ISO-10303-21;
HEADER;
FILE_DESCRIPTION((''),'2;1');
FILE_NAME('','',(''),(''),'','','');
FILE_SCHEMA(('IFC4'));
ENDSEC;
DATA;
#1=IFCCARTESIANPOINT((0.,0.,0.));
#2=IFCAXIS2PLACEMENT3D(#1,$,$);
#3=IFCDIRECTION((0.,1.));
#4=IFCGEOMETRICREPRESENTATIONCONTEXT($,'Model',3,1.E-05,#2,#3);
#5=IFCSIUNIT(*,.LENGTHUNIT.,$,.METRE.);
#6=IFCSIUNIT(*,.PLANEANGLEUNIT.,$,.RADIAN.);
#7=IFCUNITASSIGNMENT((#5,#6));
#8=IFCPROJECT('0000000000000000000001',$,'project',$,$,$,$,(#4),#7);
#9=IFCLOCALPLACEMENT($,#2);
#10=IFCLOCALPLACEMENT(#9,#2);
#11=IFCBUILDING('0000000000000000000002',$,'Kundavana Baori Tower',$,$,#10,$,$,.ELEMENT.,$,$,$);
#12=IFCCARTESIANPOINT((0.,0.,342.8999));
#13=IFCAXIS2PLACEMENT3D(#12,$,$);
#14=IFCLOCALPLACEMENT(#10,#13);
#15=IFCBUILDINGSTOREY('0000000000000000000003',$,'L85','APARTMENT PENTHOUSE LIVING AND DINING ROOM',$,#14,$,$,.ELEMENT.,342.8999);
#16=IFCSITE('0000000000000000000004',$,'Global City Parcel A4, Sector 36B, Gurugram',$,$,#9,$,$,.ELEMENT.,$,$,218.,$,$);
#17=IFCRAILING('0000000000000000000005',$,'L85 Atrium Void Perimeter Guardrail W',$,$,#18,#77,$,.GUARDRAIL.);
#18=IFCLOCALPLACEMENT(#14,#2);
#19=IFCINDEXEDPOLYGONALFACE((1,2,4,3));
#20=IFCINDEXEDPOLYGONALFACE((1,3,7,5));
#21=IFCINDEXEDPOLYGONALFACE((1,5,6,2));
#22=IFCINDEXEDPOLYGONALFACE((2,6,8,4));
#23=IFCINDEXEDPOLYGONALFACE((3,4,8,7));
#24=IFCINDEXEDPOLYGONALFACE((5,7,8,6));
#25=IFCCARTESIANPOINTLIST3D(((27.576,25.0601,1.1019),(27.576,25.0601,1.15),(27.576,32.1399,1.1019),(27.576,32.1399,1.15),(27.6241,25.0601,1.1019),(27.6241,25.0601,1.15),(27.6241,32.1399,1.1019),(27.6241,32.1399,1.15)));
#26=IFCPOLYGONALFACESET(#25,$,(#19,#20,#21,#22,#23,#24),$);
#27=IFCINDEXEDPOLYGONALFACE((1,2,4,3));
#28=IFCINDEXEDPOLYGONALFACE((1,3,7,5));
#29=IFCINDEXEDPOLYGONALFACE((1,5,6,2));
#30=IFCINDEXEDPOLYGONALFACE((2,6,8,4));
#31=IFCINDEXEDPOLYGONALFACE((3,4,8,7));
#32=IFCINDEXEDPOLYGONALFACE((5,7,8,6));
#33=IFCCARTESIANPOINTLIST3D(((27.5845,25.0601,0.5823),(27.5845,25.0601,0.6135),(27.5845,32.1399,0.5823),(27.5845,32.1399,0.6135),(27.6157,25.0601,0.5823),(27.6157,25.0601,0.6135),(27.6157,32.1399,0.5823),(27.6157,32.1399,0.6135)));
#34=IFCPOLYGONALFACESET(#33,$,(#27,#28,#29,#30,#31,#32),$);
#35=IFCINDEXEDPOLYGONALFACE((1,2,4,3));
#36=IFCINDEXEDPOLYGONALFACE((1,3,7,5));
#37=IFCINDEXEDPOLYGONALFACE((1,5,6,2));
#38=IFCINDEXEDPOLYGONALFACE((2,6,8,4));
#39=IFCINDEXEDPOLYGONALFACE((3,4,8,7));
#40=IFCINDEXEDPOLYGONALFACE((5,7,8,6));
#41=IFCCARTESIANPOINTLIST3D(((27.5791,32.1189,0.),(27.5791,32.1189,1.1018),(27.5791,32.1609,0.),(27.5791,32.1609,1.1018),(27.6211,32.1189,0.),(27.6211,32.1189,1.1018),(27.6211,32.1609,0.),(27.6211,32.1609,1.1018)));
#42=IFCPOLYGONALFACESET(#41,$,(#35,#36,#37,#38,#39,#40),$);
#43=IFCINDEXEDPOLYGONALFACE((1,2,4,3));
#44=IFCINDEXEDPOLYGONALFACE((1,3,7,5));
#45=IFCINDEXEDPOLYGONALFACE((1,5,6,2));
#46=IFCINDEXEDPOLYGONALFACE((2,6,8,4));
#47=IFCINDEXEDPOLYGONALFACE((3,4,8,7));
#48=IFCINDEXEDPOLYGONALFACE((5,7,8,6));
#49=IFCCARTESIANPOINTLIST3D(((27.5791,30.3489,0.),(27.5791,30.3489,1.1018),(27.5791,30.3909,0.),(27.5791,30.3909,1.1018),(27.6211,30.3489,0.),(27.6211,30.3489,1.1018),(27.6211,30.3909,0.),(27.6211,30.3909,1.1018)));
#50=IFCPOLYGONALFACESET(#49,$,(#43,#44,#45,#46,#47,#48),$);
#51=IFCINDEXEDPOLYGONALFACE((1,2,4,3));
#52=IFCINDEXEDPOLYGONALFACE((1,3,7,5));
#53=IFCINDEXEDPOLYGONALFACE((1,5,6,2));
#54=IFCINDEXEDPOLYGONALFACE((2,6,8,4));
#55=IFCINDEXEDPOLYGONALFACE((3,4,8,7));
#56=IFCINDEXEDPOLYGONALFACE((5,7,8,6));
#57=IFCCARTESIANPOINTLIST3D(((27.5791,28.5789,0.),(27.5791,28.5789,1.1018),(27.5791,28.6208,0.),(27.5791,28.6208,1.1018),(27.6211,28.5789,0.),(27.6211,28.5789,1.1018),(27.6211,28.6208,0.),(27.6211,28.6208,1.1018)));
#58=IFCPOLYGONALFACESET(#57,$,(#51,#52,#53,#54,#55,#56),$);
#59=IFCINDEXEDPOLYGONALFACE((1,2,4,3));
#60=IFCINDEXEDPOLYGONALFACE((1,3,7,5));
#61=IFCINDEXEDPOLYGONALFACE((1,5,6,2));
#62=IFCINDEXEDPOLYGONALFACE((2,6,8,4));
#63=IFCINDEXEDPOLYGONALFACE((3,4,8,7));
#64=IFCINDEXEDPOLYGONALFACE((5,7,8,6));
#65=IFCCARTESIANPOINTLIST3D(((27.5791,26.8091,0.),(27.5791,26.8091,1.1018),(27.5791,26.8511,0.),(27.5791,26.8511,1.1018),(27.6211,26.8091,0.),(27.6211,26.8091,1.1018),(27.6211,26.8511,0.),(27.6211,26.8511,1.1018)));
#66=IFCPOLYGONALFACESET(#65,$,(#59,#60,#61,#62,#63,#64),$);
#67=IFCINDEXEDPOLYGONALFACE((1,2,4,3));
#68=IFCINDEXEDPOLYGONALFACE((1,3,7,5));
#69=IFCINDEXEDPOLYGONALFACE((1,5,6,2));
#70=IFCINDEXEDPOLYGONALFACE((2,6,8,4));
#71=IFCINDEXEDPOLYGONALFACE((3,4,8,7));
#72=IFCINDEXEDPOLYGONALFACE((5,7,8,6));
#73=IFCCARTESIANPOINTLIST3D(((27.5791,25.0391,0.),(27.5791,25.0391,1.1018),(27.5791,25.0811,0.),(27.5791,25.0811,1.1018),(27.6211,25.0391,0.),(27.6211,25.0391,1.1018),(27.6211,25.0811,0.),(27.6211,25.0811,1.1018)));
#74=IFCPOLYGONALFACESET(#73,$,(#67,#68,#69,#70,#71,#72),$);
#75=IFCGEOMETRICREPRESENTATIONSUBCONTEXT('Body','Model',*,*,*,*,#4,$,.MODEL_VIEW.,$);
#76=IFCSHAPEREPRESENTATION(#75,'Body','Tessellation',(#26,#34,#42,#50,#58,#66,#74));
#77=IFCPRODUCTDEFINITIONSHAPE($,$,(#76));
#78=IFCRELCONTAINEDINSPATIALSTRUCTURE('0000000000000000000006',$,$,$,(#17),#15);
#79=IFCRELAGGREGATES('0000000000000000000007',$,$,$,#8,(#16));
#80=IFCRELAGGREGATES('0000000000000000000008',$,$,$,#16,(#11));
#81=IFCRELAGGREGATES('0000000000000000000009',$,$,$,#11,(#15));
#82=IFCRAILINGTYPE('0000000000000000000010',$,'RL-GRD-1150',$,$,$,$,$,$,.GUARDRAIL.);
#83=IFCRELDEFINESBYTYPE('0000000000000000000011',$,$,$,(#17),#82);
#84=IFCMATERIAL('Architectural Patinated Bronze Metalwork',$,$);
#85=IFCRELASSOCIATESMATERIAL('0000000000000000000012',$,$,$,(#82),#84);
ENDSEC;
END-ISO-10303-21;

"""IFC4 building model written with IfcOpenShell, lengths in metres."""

from ifc_helpers import new_model, si_unit, direction, frame, origin, origin_2d, place, context, subcontext, project, spatial, rectangle, extrude, material, type_object, element, save


model = new_model("IFC4")

# Units and contexts
model_context = context("Model", 3, precision=1e-05, world=origin(), true_north=direction((0.0, 1.0)))
body_context = subcontext(model_context, "Body", "Model", "MODEL_VIEW")
ifc_project = project(units=[si_unit("LENGTHUNIT", "METRE"), si_unit("PLANEANGLEUNIT", "RADIAN")], contexts=[model_context])

# Site, building, storey
site_placement = place(None, origin())
site = spatial("IfcSite", under=ifc_project, at=site_placement, Name="Global City Parcel A4, Sector 36B, Gurugram", CompositionType="ELEMENT", RefElevation=218.0)
building_placement = place(site_placement, origin())
building = spatial("IfcBuilding", under=site, at=building_placement, Name="Kundavana Baori Tower", CompositionType="ELEMENT")
storey_placement = place(building_placement, frame((0.0, 0.0, 342.8999)))
storey = spatial("IfcBuildingStorey", under=building, at=storey_placement, Name="L85", Description="APARTMENT PENTHOUSE LIVING AND DINING ROOM", CompositionType="ELEMENT", Elevation=342.8999)

# Railing
ifc_material_1 = material(Name="Architectural Patinated Bronze Metalwork")
railing_type = type_object("IfcRailingType", Name="RL-GRD-1150", PredefinedType="GUARDRAIL", material=ifc_material_1)
railing_1_placement = place(storey_placement, frame((27.6001, 32.1399, 0.0)))
element("IfcRailing", 1, at=railing_1_placement, inside=storey, type_object=railing_type, Name="L85 Atrium Void Perimeter Guardrail W", PredefinedType="GUARDRAIL", context=body_context, shape_type="SweptSolid", body=[
    extrude(rectangle(XDim=0.0481, YDim=0.0481, at=origin_2d()), frame((0.0, 0.0, 1.126), z_axis=(0.0, -1.0, 0.0), x_axis=(1.0, 0.0, 0.0)), (0.0, 0.0, 1.0), 7.0798),
    extrude(rectangle(XDim=0.0312, YDim=0.0312, at=origin_2d()), frame((0.0, 0.0, 0.5979), z_axis=(0.0, -1.0, 0.0), x_axis=(1.0, 0.0, 0.0)), (0.0, 0.0, 1.0), 7.0798),
    extrude(rectangle(XDim=0.042, YDim=0.042, at=origin_2d()), origin(), (0.0, 0.0, 1.0), 1.1018),
    extrude(rectangle(XDim=0.042, YDim=0.042, at=origin_2d()), frame((0.0, -1.77, 0.0)), (0.0, 0.0, 1.0), 1.1018),
    extrude(rectangle(XDim=0.042, YDim=0.042, at=origin_2d()), frame((0.0, -3.54, 0.0)), (0.0, 0.0, 1.0), 1.1018),
    extrude(rectangle(XDim=0.042, YDim=0.042, at=origin_2d()), frame((0.0, -5.3098, 0.0)), (0.0, 0.0, 1.0), 1.1018),
    extrude(rectangle(XDim=0.042, YDim=0.042, at=origin_2d()), frame((0.0, -7.0798, 0.0)), (0.0, 0.0, 1.0), 1.1018),
])

save(model, "model.ifc")
